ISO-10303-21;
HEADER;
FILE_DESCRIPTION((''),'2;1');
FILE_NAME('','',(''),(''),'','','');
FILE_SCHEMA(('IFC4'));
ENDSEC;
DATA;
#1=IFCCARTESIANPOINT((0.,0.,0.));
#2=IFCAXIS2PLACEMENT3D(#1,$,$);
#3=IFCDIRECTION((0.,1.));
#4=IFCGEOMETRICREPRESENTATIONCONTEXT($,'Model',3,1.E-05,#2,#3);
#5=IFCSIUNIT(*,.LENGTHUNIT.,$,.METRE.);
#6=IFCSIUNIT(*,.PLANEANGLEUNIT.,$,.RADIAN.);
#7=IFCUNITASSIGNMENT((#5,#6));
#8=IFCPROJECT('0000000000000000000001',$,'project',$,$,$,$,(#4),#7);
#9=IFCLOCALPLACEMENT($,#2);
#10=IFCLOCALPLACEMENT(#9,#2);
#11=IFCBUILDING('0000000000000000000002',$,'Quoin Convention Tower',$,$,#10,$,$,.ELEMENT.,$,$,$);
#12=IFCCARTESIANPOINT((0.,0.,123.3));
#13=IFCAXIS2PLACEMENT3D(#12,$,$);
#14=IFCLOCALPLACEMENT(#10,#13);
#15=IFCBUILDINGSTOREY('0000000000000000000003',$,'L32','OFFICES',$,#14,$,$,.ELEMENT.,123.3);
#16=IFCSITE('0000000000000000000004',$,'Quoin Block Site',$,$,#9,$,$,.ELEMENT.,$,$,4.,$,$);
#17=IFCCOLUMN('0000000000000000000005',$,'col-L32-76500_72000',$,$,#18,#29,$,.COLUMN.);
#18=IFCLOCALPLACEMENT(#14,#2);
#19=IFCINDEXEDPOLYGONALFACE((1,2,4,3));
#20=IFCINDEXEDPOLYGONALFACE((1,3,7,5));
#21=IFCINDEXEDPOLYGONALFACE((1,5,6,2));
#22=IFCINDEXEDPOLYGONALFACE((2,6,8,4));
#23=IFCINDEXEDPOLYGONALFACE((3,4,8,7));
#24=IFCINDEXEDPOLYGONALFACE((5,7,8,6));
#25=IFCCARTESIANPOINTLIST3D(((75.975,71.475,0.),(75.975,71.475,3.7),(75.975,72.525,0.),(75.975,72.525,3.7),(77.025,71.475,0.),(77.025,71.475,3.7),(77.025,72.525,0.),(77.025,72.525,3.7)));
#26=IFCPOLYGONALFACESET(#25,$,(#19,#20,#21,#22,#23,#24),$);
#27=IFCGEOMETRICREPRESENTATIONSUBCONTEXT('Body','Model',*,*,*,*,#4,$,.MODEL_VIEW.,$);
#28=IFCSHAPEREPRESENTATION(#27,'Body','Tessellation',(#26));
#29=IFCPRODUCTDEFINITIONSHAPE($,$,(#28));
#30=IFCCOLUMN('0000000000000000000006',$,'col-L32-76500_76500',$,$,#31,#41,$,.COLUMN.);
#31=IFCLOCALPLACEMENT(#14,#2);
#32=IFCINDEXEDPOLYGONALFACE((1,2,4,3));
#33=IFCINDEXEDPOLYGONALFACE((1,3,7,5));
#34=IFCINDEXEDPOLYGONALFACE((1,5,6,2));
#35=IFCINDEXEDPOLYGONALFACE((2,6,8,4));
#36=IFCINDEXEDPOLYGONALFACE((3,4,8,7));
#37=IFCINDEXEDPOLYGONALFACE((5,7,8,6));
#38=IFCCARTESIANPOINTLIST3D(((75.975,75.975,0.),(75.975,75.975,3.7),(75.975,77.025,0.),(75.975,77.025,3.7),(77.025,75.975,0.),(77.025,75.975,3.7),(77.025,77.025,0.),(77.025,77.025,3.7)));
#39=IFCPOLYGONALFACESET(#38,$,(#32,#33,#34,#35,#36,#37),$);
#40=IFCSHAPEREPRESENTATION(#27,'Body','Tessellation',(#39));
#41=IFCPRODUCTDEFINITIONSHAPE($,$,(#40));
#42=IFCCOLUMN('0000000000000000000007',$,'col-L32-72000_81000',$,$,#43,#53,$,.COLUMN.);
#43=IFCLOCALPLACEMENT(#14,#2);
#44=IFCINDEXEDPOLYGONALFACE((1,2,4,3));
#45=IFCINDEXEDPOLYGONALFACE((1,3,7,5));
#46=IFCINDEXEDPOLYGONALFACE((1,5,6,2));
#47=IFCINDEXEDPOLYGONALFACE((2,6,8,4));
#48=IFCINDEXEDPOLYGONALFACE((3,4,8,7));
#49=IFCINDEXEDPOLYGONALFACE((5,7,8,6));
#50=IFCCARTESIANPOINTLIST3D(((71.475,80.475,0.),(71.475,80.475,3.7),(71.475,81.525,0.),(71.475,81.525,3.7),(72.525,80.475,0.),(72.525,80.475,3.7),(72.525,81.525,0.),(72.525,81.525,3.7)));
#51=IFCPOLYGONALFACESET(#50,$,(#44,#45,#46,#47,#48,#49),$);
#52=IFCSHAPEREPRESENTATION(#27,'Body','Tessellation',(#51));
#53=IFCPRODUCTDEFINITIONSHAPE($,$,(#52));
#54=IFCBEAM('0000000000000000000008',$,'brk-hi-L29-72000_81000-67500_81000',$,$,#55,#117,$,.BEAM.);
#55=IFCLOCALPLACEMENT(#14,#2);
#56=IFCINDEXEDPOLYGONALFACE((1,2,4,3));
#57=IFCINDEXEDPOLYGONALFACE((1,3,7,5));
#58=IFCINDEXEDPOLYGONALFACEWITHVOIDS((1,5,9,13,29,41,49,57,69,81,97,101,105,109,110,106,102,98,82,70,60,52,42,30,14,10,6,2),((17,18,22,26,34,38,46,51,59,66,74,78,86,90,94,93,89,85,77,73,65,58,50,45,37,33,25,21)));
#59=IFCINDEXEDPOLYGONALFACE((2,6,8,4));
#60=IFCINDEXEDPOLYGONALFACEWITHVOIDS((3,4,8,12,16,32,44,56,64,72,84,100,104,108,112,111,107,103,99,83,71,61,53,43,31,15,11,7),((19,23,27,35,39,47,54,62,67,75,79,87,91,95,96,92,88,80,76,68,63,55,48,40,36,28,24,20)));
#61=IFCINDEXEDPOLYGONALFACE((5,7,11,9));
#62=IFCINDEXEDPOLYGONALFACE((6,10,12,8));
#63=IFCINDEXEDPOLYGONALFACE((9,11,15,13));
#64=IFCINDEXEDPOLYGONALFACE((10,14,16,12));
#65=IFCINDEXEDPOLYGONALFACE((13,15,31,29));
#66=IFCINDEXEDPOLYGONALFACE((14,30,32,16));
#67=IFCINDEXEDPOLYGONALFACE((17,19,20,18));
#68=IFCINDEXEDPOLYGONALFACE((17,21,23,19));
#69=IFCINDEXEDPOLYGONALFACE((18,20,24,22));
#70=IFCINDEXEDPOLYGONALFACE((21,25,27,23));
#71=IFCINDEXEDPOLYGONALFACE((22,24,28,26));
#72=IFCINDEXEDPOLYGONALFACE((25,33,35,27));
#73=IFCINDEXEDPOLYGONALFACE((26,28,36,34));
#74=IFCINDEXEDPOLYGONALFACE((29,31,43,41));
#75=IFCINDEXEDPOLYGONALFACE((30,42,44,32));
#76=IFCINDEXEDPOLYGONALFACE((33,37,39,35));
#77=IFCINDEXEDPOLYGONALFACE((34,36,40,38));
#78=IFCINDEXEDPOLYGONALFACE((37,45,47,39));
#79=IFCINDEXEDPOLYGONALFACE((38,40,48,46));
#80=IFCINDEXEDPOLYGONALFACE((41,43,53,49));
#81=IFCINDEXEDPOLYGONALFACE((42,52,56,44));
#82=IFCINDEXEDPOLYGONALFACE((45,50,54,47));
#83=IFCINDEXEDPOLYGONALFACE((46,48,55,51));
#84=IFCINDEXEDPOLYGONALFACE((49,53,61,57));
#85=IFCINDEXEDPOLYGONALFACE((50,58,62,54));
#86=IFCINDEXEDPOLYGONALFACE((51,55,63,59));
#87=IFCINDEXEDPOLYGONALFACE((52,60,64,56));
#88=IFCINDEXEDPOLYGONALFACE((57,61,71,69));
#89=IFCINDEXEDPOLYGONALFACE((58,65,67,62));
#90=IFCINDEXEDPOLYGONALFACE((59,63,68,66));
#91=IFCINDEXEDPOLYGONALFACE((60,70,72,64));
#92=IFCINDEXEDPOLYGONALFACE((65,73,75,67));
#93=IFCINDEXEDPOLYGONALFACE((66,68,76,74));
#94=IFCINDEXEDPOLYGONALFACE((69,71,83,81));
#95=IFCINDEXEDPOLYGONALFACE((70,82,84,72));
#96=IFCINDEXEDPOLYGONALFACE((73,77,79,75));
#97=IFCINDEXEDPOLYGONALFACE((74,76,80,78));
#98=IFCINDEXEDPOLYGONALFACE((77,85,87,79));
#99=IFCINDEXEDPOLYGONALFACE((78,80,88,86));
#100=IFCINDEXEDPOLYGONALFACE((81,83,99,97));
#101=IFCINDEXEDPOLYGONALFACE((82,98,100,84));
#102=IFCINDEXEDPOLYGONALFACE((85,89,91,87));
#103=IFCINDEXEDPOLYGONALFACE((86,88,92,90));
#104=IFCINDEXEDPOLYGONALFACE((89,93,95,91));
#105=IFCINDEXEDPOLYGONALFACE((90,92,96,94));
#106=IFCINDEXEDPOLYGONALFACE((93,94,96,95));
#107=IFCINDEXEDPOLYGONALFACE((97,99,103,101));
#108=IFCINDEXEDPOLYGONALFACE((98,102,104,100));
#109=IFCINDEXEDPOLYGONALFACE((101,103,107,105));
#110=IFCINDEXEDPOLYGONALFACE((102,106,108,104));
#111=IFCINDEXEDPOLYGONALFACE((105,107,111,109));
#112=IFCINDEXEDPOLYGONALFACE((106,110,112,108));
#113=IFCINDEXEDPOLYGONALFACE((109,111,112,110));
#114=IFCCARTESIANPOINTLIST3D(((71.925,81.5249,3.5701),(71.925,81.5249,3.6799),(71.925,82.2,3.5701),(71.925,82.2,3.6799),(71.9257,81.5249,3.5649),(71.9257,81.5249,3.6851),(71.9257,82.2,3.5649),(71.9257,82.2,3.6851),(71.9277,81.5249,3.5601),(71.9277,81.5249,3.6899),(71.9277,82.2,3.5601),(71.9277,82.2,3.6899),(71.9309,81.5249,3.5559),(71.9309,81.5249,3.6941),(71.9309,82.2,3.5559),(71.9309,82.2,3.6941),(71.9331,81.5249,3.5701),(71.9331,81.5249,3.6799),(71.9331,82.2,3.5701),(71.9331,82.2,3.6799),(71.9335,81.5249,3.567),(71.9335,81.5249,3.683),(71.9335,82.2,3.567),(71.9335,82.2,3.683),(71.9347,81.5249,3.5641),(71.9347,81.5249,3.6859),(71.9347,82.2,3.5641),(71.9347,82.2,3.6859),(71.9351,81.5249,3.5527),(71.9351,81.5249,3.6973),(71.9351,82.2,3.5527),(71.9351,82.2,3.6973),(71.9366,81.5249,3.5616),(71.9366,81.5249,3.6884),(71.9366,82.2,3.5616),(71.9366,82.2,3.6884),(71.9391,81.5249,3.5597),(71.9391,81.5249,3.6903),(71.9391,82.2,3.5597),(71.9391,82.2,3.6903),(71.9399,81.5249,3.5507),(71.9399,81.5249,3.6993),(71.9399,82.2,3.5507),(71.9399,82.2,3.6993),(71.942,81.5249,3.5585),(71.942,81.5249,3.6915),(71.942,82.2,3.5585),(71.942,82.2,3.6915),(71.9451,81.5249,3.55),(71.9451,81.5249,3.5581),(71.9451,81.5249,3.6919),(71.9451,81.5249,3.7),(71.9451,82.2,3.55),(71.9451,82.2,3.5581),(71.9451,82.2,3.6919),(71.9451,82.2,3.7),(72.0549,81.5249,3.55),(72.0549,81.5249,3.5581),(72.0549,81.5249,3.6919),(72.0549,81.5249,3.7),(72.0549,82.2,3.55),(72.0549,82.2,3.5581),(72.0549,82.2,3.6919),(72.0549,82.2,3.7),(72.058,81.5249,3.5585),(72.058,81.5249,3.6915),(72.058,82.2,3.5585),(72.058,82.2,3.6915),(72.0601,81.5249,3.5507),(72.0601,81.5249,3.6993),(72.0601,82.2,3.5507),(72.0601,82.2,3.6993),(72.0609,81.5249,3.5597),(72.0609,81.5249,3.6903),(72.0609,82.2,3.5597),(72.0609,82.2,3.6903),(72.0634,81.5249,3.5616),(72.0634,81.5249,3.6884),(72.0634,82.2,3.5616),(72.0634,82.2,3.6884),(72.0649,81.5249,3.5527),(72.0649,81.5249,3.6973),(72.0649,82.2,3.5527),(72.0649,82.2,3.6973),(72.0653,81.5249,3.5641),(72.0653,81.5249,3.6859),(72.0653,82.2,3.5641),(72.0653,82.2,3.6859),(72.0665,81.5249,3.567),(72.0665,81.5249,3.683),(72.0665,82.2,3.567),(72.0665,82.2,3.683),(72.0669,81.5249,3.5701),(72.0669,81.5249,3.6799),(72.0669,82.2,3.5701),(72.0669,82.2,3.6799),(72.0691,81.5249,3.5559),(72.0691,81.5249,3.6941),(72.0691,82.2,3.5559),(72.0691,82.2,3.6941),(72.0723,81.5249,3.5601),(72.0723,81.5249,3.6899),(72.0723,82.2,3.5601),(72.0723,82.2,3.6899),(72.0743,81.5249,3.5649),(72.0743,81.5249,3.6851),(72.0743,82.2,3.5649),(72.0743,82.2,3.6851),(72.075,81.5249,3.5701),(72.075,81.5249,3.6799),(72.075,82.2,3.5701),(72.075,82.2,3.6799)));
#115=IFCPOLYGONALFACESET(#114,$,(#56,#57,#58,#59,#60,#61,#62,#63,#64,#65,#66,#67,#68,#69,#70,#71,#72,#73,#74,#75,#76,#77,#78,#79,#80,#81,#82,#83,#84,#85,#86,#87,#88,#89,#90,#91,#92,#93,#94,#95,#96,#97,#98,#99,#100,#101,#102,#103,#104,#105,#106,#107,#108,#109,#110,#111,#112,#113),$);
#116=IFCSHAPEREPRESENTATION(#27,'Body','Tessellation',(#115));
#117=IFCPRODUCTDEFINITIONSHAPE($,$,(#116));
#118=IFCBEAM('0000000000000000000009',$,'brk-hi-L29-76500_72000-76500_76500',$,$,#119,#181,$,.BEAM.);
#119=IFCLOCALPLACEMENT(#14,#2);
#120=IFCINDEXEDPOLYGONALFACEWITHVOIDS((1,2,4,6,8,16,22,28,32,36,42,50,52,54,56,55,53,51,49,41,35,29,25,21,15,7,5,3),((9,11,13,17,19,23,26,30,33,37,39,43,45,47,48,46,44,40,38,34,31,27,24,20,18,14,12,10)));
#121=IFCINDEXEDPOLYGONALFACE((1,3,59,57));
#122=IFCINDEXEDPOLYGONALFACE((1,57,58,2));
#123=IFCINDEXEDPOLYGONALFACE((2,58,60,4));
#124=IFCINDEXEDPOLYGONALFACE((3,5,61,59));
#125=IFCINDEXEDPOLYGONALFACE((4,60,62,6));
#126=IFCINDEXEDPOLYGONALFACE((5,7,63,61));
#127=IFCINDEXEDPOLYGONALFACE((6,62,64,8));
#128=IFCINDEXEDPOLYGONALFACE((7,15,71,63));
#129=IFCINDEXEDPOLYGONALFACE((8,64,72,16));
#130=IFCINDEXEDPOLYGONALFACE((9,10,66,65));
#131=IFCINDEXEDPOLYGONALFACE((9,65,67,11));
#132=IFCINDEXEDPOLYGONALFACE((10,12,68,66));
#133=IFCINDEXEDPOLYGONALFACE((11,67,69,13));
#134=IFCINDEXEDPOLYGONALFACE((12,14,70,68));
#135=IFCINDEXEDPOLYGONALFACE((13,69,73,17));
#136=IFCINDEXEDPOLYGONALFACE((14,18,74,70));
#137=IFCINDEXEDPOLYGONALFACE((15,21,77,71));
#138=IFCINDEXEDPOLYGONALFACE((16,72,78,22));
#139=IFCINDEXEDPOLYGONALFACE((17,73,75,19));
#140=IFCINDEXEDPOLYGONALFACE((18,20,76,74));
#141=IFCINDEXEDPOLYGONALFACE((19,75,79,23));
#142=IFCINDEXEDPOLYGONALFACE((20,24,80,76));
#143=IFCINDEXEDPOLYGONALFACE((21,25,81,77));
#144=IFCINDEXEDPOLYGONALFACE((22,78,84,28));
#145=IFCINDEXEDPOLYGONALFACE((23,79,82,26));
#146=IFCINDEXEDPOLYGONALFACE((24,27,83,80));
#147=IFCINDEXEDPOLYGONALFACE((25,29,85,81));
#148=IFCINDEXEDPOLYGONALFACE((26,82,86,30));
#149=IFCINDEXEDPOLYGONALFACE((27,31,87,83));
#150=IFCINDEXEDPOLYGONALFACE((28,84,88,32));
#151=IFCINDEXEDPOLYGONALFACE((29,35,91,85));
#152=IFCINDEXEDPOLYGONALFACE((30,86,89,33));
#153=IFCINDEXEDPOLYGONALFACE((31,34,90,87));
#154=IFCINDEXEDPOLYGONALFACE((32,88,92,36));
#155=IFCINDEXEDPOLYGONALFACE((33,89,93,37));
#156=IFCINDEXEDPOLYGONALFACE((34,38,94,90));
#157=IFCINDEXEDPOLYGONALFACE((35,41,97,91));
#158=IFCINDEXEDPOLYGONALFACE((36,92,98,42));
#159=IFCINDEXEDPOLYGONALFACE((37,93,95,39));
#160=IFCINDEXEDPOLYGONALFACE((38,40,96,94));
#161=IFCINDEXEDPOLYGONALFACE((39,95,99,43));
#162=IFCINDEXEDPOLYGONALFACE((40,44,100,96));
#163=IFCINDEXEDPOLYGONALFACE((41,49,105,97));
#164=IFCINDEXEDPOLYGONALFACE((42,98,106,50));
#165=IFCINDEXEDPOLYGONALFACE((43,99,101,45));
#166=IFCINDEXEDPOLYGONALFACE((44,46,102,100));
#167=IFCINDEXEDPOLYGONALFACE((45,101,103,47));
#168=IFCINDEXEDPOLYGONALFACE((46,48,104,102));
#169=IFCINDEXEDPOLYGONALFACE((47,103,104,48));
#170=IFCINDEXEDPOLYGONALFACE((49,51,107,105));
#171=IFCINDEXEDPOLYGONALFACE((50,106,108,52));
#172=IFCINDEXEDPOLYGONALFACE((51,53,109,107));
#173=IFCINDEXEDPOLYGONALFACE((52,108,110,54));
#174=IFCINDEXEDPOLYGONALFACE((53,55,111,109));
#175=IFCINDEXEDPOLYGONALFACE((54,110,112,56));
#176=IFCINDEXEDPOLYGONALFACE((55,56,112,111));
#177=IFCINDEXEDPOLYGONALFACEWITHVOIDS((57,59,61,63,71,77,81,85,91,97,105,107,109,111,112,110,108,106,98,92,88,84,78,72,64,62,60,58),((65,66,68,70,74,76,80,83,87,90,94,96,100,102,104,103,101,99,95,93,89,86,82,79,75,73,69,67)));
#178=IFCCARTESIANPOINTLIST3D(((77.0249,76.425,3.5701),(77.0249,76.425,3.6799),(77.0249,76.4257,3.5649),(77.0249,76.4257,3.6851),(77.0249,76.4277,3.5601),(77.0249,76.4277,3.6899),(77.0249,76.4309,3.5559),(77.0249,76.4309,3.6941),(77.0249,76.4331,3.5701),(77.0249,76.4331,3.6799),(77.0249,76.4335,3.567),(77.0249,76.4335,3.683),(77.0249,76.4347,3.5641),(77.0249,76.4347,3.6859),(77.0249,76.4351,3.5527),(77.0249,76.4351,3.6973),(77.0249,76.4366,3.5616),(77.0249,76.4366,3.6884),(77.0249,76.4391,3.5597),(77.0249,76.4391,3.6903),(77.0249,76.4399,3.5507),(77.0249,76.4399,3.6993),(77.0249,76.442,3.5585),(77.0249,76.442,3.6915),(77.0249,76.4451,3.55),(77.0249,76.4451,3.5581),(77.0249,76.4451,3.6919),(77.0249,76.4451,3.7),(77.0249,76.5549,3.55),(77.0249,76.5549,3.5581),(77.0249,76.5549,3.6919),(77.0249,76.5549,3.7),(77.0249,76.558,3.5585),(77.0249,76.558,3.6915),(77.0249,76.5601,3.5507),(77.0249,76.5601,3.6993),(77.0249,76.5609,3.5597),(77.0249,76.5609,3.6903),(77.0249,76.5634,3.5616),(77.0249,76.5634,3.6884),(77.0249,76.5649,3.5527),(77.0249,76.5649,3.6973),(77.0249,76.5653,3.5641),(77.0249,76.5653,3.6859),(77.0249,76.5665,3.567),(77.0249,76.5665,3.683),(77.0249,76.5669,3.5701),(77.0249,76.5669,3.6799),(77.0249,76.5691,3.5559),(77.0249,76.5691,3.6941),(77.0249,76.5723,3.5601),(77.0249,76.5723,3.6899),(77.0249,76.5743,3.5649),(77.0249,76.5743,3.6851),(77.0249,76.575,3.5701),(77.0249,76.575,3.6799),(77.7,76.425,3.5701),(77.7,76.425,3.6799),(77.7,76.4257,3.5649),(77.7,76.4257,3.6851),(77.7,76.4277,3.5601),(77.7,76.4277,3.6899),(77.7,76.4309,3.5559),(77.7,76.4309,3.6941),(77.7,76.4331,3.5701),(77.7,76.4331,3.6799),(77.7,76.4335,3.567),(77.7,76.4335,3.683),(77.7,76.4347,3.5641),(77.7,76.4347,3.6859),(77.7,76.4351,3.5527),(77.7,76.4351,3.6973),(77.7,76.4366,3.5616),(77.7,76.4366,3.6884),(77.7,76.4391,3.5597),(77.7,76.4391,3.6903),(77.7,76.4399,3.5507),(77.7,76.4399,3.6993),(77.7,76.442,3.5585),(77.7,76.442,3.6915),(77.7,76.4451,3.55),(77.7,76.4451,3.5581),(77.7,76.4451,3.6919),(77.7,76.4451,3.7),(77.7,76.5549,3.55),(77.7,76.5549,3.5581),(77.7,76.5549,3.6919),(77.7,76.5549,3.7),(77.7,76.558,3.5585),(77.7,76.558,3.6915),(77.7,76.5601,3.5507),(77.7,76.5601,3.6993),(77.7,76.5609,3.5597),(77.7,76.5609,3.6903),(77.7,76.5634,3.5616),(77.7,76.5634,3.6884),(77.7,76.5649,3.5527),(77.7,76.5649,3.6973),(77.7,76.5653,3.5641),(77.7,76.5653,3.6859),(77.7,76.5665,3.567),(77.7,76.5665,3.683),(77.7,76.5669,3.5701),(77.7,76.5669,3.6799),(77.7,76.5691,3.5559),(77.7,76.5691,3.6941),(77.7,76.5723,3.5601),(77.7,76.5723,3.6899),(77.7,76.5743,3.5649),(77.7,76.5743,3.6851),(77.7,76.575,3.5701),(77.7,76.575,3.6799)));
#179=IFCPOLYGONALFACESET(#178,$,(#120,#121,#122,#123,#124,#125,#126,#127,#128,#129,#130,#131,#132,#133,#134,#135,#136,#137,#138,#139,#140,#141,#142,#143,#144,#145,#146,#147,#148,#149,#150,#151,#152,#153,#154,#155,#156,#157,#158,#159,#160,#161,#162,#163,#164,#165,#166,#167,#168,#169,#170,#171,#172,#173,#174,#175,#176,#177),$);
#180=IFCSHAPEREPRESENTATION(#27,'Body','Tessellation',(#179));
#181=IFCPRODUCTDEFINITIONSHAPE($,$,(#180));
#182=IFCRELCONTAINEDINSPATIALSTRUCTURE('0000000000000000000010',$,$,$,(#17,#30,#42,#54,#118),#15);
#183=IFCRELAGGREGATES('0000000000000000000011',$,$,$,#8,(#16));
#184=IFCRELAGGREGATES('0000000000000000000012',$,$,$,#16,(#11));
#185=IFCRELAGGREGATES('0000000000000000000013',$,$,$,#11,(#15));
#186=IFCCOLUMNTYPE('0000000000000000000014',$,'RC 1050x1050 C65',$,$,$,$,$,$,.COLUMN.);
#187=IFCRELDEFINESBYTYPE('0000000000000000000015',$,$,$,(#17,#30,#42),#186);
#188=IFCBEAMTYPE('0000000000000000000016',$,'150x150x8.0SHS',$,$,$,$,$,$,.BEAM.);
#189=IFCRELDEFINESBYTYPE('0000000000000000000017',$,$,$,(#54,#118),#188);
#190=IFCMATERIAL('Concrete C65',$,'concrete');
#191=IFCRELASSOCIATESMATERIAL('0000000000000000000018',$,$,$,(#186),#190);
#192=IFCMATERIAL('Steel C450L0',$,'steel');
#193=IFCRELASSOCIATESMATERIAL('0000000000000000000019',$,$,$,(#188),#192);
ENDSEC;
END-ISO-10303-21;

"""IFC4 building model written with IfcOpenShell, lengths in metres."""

from ifc_helpers import new_model, si_unit, direction, frame, origin, origin_2d, place, context, subcontext, project, spatial, rectangle, hollow_rectangle, extrude, material, material_profile, profile_set, type_object, element, save


model = new_model("IFC4")

# Units and contexts
model_context = context("Model", 3, precision=1e-05, world=origin(), true_north=direction((0.0, 1.0)))
body_context = subcontext(model_context, "Body", "Model", "MODEL_VIEW")
ifc_project = project(units=[si_unit("LENGTHUNIT", "METRE"), si_unit("PLANEANGLEUNIT", "RADIAN")], contexts=[model_context])

# Site, building, storey
site_placement = place(None, origin())
site = spatial("IfcSite", under=ifc_project, at=site_placement, Name="Quoin Block Site", CompositionType="ELEMENT", RefElevation=4.0)
building_placement = place(site_placement, origin())
building = spatial("IfcBuilding", under=site, at=building_placement, Name="Quoin Convention Tower", CompositionType="ELEMENT")
storey_placement = place(building_placement, frame((0.0, 0.0, 123.3)))
storey = spatial("IfcBuildingStorey", under=building, at=storey_placement, Name="L32", Description="OFFICES", CompositionType="ELEMENT", Elevation=123.3)

# Columns
ifc_material_1 = material(Name="Concrete C65", Category="concrete")
ifc_material_profile_1 = material_profile(ifc_material_1, rectangle(XDim=1.05, YDim=1.05, at=origin_2d()), Name="RC 1050x1050")
ifc_profile_set_1 = profile_set([ifc_material_profile_1], Name="Concrete C65")
column_type = type_object("IfcColumnType", Name="RC 1050x1050 C65", PredefinedType="COLUMN", material=ifc_profile_set_1)
for number, where, z_axis, x_axis, name in (
    (1, (76.5, 72.0, 0.0), (0.0, 0.0, 1.0), (1.0, 0.0, 0.0), "col-L32-76500_72000"),
    (2, (76.5, 76.5, 0.0), (0.0, 0.0, 1.0), (1.0, 0.0, 0.0), "col-L32-76500_76500"),
    (3, (72.0, 81.0, 0.0), (0.0, 0.0, 1.0), (1.0, 0.0, 0.0), "col-L32-72000_81000"),
):
    element("IfcColumn", number, at=place(storey_placement, frame(where, z_axis=z_axis, x_axis=x_axis)), inside=storey, type_object=column_type, Name=name, PredefinedType="COLUMN", context=body_context, shape_type="SweptSolid", body=[
        extrude(rectangle(XDim=1.05, YDim=1.05, at=origin_2d()), origin(), (0.0, 0.0, 1.0), 3.7),
    ])

# Beams
ifc_material_2 = material(Name="Steel C450L0", Category="steel")
ifc_material_profile_2 = material_profile(ifc_material_2, hollow_rectangle(XDim=0.1499, YDim=0.1499, WallThickness=0.0081, InnerFilletRadius=0.012, OuterFilletRadius=0.02, at=origin_2d()), Name="150x150x8.0SHS")
ifc_profile_set_2 = profile_set([ifc_material_profile_2], Name="Steel C450L0")
beam_type_1 = type_object("IfcBeamType", Name="150x150x8.0SHS", PredefinedType="BEAM", material=ifc_profile_set_2)
for number, where, z_axis, x_axis, name in (
    (4, (72.0, 81.5249, 3.625), (0.0, 1.0, 0.0), (-1.0, 0.0, 0.0), "brk-hi-L29-72000_81000-67500_81000"),
    (5, (77.0249, 76.5, 3.625), (1.0, 0.0, 0.0), (0.0, 1.0, 0.0), "brk-hi-L29-76500_72000-76500_76500"),
):
    element("IfcBeam", number, at=place(storey_placement, frame(where, z_axis=z_axis, x_axis=x_axis)), inside=storey, type_object=beam_type_1, Name=name, PredefinedType="BEAM", context=body_context, shape_type="SweptSolid", body=[
        extrude(hollow_rectangle(XDim=0.1499, YDim=0.1499, WallThickness=0.0081, InnerFilletRadius=0.012, OuterFilletRadius=0.02, at=origin_2d()), origin(), (0.0, 0.0, 1.0), 0.675),
    ])

save(model, "model.ifc")
